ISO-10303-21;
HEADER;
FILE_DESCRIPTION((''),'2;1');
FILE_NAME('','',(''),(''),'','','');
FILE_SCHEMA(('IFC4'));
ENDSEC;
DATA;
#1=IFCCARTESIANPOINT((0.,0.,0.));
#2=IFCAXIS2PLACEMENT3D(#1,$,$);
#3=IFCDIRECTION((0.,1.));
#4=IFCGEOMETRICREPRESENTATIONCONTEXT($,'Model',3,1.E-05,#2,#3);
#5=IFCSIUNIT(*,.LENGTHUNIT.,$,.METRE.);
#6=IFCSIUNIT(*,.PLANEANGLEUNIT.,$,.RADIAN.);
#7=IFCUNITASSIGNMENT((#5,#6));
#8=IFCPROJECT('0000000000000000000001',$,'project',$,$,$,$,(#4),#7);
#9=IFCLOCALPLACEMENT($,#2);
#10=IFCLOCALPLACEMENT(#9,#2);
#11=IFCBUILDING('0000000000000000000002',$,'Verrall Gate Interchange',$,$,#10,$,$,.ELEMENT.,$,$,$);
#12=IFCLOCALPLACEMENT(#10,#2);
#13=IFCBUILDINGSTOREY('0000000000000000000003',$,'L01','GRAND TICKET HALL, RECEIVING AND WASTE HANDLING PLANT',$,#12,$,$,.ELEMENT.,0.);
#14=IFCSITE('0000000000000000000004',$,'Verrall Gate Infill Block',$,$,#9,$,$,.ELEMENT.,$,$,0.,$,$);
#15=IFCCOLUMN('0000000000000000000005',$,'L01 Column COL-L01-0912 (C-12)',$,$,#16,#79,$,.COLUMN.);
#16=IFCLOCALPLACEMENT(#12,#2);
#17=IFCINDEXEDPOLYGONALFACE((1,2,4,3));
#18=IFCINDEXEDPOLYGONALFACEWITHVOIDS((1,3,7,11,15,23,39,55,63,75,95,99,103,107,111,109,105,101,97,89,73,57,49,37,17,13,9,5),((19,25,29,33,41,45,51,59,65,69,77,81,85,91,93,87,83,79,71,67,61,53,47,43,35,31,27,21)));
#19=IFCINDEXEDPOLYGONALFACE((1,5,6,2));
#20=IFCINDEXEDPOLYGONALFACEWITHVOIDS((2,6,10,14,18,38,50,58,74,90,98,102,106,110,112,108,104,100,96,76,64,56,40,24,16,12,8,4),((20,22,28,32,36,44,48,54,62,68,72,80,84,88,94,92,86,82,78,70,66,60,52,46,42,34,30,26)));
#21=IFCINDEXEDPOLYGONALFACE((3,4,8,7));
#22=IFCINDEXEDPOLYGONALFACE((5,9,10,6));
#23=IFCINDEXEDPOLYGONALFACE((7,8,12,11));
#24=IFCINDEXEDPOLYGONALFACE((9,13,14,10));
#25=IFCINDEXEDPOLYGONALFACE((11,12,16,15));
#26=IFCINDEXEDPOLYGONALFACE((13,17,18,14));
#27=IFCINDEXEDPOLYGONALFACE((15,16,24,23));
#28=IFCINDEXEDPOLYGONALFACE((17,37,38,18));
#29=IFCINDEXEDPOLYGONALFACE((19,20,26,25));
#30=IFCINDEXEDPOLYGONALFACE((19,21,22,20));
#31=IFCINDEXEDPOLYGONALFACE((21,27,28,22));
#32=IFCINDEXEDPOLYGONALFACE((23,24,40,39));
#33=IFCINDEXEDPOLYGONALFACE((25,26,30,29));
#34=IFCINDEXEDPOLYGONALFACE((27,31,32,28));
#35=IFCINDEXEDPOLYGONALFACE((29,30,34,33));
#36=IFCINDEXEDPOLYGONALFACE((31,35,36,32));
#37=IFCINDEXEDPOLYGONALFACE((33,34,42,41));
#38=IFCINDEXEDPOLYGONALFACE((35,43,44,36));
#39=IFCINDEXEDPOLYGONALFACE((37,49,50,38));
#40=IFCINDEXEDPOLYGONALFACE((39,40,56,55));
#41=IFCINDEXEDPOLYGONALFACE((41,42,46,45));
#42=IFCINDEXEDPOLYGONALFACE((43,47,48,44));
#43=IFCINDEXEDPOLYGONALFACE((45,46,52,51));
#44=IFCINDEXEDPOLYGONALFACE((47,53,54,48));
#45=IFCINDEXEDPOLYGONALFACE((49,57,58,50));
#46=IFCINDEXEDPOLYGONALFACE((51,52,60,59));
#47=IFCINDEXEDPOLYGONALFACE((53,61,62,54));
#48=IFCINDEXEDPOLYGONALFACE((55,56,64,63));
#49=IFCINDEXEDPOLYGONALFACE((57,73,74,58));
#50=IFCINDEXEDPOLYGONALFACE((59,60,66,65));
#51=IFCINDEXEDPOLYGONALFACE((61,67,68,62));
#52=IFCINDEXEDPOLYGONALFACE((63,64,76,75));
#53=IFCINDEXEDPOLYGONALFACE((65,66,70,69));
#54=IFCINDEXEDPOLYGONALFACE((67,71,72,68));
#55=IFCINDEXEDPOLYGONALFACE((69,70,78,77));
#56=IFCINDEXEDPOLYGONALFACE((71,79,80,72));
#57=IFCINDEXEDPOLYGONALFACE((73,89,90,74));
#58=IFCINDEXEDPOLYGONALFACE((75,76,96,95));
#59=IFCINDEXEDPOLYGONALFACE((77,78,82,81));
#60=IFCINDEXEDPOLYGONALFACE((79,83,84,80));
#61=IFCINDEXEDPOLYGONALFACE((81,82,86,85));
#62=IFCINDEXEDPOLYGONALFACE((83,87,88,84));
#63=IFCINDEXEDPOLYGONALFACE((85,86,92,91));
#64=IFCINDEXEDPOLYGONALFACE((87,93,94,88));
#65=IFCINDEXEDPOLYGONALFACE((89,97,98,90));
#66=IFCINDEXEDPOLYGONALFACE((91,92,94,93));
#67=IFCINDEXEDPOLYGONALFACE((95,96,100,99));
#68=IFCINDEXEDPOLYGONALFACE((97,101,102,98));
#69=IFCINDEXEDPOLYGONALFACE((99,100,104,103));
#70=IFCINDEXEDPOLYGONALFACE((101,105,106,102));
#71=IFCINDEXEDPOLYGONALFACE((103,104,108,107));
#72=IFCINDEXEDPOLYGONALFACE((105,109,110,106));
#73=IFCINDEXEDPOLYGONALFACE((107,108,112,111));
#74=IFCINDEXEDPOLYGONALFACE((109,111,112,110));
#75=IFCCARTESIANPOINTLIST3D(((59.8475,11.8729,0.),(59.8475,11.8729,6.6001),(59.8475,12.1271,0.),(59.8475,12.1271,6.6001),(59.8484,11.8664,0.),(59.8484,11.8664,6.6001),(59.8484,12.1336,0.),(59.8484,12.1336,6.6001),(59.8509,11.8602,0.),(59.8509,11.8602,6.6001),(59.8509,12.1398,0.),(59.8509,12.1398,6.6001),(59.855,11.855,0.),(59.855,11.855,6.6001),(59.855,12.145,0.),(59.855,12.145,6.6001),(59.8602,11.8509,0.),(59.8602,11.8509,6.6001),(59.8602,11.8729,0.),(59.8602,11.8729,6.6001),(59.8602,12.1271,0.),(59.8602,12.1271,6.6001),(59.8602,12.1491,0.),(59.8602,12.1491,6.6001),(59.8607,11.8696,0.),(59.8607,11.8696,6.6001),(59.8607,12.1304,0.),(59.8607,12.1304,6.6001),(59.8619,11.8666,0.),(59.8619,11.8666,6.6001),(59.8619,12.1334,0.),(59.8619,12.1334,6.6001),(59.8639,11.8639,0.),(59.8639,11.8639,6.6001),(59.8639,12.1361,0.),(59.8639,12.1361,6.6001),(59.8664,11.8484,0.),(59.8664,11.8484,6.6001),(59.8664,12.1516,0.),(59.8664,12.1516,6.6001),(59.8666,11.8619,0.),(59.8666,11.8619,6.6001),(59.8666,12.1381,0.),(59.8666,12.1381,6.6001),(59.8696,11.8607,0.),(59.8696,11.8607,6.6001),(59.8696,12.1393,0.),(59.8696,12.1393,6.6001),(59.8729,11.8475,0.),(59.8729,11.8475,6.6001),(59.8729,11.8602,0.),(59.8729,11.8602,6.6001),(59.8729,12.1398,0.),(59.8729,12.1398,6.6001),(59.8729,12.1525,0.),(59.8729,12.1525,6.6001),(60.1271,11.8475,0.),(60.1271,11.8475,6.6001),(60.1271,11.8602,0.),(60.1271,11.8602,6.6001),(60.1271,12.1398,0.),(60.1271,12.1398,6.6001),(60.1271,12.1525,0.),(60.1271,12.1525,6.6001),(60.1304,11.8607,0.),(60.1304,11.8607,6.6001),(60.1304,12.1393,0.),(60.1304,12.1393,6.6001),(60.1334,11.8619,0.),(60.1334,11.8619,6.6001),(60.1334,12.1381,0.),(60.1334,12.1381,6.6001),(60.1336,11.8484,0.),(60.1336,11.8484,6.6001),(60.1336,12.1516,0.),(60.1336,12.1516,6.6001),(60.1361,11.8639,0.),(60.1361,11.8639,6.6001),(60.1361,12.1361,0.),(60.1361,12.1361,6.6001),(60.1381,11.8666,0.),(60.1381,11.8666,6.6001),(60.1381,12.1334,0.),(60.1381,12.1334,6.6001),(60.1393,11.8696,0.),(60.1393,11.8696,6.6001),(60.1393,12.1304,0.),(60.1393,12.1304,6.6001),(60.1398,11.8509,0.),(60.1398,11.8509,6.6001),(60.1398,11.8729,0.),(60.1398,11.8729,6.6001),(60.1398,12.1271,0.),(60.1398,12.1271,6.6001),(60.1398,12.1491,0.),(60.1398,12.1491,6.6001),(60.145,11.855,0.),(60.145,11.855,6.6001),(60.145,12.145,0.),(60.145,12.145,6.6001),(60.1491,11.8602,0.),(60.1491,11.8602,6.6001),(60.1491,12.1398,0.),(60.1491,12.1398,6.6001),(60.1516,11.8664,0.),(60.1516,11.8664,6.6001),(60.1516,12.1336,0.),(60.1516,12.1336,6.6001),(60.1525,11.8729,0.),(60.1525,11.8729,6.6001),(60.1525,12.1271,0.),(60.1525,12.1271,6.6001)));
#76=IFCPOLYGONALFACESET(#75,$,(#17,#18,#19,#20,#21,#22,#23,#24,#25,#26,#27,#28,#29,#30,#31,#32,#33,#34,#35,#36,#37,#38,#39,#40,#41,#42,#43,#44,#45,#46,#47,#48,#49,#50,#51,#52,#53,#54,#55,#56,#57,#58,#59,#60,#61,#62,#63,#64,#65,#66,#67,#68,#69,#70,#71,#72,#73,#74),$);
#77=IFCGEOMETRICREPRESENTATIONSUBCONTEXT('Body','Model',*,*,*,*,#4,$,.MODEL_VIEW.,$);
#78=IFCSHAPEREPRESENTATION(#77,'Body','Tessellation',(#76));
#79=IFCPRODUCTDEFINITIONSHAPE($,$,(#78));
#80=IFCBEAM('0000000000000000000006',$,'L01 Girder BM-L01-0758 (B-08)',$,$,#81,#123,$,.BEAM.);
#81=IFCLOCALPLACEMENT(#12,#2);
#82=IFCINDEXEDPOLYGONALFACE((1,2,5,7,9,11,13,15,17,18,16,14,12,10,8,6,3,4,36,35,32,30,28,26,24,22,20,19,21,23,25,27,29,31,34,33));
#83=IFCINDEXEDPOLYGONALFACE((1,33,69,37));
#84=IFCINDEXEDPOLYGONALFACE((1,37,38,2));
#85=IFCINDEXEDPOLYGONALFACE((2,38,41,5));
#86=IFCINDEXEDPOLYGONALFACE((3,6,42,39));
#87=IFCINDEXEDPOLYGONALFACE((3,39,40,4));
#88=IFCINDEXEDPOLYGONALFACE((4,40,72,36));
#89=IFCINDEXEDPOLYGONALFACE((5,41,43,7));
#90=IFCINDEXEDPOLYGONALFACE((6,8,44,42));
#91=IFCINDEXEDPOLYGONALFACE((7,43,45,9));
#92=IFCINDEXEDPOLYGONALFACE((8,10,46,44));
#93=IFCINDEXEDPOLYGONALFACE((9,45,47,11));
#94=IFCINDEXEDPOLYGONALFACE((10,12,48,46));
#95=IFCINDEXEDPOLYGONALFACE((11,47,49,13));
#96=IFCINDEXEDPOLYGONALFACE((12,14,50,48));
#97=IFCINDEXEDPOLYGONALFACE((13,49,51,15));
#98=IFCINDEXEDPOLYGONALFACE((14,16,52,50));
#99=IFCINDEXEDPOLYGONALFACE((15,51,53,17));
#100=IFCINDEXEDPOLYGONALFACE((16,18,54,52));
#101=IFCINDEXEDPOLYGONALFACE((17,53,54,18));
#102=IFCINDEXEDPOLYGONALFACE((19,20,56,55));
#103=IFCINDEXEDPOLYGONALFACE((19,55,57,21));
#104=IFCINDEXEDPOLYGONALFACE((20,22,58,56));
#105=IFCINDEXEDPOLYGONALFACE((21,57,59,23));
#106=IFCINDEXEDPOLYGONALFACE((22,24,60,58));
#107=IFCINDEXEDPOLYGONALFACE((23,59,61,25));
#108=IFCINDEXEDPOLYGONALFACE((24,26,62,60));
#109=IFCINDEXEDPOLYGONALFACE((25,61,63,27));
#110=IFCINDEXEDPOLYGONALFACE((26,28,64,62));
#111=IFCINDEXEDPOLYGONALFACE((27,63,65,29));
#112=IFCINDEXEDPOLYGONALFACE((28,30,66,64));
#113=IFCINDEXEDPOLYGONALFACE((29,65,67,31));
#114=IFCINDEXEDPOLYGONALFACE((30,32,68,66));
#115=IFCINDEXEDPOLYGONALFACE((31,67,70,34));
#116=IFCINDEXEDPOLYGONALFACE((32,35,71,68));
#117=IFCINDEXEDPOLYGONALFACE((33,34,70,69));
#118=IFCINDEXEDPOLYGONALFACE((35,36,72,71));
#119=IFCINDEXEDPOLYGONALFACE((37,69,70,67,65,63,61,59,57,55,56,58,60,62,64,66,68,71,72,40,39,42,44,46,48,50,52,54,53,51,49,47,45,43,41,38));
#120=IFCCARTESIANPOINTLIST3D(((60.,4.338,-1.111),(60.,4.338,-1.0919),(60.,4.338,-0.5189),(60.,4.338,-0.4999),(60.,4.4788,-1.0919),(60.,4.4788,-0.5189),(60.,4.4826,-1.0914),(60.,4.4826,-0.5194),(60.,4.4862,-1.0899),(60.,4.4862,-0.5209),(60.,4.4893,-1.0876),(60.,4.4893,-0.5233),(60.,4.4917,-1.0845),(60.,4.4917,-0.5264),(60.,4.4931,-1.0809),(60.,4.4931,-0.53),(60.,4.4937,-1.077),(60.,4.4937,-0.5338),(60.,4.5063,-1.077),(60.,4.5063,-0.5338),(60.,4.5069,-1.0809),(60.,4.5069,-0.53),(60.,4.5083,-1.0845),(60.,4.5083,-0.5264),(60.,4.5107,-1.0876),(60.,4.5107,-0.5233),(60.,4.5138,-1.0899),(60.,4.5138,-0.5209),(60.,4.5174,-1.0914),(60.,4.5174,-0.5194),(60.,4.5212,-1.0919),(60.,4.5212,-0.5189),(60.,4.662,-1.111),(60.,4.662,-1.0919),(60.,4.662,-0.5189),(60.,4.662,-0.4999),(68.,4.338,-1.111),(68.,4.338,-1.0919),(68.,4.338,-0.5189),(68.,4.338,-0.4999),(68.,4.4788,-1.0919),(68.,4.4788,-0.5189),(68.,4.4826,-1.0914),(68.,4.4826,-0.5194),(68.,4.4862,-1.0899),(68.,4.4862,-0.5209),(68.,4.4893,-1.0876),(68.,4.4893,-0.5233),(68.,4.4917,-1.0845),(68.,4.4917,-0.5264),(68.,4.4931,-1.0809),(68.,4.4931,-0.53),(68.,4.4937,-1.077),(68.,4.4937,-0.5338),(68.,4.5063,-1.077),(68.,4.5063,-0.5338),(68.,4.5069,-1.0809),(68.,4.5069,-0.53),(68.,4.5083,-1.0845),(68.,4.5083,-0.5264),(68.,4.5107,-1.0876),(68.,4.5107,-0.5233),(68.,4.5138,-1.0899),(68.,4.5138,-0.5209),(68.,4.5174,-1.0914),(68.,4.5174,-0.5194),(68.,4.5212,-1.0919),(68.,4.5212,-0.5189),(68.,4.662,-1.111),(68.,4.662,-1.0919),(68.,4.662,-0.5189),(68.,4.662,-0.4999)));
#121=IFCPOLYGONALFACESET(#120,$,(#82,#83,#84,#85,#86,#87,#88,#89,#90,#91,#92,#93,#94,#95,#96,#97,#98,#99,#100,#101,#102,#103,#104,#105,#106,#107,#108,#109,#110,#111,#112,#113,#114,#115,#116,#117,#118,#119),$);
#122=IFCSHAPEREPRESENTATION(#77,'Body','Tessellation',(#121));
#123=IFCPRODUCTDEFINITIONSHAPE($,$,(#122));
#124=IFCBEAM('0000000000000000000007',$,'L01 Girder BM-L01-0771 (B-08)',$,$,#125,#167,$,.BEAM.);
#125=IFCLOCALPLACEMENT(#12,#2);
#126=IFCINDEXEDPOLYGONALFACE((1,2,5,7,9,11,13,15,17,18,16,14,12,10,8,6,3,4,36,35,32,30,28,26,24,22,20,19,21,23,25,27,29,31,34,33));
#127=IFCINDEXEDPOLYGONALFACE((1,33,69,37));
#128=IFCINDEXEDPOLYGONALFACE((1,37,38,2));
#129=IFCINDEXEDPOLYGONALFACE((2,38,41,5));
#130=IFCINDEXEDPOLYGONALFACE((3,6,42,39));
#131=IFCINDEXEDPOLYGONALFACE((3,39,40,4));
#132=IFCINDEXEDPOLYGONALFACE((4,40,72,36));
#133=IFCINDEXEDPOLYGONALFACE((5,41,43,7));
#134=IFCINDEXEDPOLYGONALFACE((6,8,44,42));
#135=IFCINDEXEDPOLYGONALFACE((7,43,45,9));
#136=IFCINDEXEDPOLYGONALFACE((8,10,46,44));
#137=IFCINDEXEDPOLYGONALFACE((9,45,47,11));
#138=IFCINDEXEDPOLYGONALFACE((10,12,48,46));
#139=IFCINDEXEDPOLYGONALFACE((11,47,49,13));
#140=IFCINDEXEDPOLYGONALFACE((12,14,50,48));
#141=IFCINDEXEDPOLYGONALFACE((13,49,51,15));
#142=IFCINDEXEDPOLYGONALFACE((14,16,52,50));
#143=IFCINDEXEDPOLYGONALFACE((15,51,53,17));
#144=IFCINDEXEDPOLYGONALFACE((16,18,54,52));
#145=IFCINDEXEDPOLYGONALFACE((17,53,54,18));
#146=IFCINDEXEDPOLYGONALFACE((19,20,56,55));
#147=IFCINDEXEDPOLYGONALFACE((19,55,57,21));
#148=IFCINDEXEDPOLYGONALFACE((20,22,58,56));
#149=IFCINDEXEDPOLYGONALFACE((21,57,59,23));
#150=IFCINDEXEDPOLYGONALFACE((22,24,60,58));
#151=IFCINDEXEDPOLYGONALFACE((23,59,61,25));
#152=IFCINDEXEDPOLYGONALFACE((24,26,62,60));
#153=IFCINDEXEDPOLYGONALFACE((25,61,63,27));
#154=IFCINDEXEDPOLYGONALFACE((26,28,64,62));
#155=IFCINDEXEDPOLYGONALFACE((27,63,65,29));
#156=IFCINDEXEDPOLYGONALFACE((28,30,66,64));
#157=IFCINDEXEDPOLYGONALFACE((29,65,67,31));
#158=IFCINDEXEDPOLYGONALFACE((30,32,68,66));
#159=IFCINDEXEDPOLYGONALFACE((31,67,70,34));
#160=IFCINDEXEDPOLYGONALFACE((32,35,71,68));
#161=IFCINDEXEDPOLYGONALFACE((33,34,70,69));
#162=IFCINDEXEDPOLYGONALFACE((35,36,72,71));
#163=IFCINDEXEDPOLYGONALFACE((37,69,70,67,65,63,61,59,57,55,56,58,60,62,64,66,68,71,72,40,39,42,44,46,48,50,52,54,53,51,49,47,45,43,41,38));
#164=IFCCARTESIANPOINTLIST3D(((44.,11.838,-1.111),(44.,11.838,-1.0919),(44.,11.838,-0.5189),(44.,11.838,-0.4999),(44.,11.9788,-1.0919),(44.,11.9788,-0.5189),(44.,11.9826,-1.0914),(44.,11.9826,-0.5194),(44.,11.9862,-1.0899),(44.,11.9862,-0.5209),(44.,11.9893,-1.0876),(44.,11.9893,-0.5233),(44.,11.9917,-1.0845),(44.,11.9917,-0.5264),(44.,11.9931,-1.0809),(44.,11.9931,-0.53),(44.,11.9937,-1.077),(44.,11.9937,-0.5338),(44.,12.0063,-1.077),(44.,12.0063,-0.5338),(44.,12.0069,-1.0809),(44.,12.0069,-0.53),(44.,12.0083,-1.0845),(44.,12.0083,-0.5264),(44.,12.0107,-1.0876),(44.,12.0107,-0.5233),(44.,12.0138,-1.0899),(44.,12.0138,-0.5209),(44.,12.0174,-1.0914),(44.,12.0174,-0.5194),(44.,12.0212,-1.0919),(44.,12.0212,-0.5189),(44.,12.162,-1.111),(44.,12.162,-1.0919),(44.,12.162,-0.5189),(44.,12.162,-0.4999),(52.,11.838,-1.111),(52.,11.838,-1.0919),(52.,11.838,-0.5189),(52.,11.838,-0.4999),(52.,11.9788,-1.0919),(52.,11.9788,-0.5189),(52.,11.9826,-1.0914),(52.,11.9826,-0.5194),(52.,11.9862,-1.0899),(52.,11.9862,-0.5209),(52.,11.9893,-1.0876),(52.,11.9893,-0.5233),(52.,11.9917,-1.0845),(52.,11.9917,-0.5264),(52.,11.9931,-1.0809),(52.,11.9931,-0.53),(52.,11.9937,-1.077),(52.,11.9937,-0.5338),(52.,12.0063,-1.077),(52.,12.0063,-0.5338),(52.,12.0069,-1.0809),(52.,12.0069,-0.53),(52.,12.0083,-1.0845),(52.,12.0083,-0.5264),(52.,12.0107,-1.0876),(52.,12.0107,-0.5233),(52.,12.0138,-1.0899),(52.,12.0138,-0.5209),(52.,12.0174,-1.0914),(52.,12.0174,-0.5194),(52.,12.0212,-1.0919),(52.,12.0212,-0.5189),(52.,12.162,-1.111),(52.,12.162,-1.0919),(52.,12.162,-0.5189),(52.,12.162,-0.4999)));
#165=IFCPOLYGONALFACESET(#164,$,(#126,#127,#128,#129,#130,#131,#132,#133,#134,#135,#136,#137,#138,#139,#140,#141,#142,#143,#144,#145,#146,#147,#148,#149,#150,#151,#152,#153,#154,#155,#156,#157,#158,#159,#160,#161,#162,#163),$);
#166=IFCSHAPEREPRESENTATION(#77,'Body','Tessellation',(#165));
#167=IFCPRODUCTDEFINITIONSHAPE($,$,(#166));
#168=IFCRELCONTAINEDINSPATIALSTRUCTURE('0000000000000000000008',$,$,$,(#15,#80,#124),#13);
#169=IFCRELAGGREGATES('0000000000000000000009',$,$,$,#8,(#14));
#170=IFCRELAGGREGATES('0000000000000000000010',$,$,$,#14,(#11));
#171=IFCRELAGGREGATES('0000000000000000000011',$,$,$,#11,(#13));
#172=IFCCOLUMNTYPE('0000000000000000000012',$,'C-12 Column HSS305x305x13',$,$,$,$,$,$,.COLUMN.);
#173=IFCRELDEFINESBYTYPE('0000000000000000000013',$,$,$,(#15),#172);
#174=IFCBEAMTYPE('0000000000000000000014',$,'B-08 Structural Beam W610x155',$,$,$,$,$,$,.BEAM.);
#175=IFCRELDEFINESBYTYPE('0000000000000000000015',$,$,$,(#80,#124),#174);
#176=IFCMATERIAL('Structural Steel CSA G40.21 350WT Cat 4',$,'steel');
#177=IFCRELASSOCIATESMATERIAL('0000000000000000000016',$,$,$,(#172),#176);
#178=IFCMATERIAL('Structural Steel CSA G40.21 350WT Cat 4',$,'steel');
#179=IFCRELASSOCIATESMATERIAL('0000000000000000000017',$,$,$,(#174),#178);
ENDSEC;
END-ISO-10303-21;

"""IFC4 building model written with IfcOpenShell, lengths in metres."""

from ifc_helpers import new_model, si_unit, direction, frame, origin, origin_2d, place, context, subcontext, project, spatial, hollow_rectangle, i_section, extrude, material, material_profile, profile_set, type_object, element, save


model = new_model("IFC4")

# Units and contexts
model_context = context("Model", 3, precision=1e-05, world=origin(), true_north=direction((0.0, 1.0)))
body_context = subcontext(model_context, "Body", "Model", "MODEL_VIEW")
ifc_project = project(units=[si_unit("LENGTHUNIT", "METRE"), si_unit("PLANEANGLEUNIT", "RADIAN")], contexts=[model_context])

# Site, building, storey
site_placement = place(None, origin())
site = spatial("IfcSite", under=ifc_project, at=site_placement, Name="Verrall Gate Infill Block", CompositionType="ELEMENT", RefElevation=0.0)
building_placement = place(site_placement, origin())
building = spatial("IfcBuilding", under=site, at=building_placement, Name="Verrall Gate Interchange", CompositionType="ELEMENT")
storey_placement = place(building_placement, origin())
storey = spatial("IfcBuildingStorey", under=building, at=storey_placement, Name="L01", Description="GRAND TICKET HALL, RECEIVING AND WASTE HANDLING PLANT", CompositionType="ELEMENT", Elevation=0.0)

# Column
ifc_material_1 = material(Name="Structural Steel CSA G40.21 350WT Cat 4", Category="steel")
ifc_material_profile_1 = material_profile(ifc_material_1, hollow_rectangle(XDim=0.3049, YDim=0.3049, WallThickness=0.0127, InnerFilletRadius=0.0127, OuterFilletRadius=0.0254, at=origin_2d()), Name="HSS305x305x13")
ifc_profile_set_1 = profile_set([ifc_material_profile_1], Name="Structural Steel CSA G40.21 350WT Cat 4")
column_type = type_object("IfcColumnType", Name="C-12 Column HSS305x305x13", PredefinedType="COLUMN", material=ifc_profile_set_1)
for number, where, z_axis, x_axis, name in (
    (1, (60.0, 12.0, 0.0), (0.0, 0.0, 1.0), (1.0, 0.0, 0.0), "L01 Column COL-L01-0912 (C-12)"),
):
    element("IfcColumn", number, at=place(storey_placement, frame(where, z_axis=z_axis, x_axis=x_axis)), inside=storey, type_object=column_type, Name=name, PredefinedType="COLUMN", context=body_context, shape_type="SweptSolid", body=[
        extrude(hollow_rectangle(XDim=0.3049, YDim=0.3049, WallThickness=0.0127, InnerFilletRadius=0.0127, OuterFilletRadius=0.0254, at=origin_2d()), origin(), (0.0, 0.0, 1.0), 6.6001),
    ])

# Beams
ifc_material_2 = material(Name="Structural Steel CSA G40.21 350WT Cat 4", Category="steel")
ifc_material_profile_2 = material_profile(ifc_material_2, i_section(OverallWidth=0.324, OverallDepth=0.6111, WebThickness=0.0127, FlangeThickness=0.019, FilletRadius=0.0149, at=origin_2d()), Name="W610x155")
ifc_profile_set_2 = profile_set([ifc_material_profile_2], Name="Structural Steel CSA G40.21 350WT Cat 4")
beam_type_1 = type_object("IfcBeamType", Name="B-08 Structural Beam W610x155", PredefinedType="BEAM", material=ifc_profile_set_2)
for number, where, z_axis, x_axis, name in (
    (2, (60.0, 4.5, -0.8054), (1.0, 0.0, 0.0), (0.0, 1.0, 0.0), "L01 Girder BM-L01-0758 (B-08)"),
    (3, (44.0, 12.0, -0.8054), (1.0, 0.0, 0.0), (0.0, 1.0, 0.0), "L01 Girder BM-L01-0771 (B-08)"),
):
    element("IfcBeam", number, at=place(storey_placement, frame(where, z_axis=z_axis, x_axis=x_axis)), inside=storey, type_object=beam_type_1, Name=name, PredefinedType="BEAM", context=body_context, shape_type="SweptSolid", body=[
        extrude(i_section(OverallWidth=0.324, OverallDepth=0.6111, WebThickness=0.0127, FlangeThickness=0.019, FilletRadius=0.0149, at=origin_2d()), origin(), (0.0, 0.0, 1.0), 8.0),
    ])

save(model, "model.ifc")
